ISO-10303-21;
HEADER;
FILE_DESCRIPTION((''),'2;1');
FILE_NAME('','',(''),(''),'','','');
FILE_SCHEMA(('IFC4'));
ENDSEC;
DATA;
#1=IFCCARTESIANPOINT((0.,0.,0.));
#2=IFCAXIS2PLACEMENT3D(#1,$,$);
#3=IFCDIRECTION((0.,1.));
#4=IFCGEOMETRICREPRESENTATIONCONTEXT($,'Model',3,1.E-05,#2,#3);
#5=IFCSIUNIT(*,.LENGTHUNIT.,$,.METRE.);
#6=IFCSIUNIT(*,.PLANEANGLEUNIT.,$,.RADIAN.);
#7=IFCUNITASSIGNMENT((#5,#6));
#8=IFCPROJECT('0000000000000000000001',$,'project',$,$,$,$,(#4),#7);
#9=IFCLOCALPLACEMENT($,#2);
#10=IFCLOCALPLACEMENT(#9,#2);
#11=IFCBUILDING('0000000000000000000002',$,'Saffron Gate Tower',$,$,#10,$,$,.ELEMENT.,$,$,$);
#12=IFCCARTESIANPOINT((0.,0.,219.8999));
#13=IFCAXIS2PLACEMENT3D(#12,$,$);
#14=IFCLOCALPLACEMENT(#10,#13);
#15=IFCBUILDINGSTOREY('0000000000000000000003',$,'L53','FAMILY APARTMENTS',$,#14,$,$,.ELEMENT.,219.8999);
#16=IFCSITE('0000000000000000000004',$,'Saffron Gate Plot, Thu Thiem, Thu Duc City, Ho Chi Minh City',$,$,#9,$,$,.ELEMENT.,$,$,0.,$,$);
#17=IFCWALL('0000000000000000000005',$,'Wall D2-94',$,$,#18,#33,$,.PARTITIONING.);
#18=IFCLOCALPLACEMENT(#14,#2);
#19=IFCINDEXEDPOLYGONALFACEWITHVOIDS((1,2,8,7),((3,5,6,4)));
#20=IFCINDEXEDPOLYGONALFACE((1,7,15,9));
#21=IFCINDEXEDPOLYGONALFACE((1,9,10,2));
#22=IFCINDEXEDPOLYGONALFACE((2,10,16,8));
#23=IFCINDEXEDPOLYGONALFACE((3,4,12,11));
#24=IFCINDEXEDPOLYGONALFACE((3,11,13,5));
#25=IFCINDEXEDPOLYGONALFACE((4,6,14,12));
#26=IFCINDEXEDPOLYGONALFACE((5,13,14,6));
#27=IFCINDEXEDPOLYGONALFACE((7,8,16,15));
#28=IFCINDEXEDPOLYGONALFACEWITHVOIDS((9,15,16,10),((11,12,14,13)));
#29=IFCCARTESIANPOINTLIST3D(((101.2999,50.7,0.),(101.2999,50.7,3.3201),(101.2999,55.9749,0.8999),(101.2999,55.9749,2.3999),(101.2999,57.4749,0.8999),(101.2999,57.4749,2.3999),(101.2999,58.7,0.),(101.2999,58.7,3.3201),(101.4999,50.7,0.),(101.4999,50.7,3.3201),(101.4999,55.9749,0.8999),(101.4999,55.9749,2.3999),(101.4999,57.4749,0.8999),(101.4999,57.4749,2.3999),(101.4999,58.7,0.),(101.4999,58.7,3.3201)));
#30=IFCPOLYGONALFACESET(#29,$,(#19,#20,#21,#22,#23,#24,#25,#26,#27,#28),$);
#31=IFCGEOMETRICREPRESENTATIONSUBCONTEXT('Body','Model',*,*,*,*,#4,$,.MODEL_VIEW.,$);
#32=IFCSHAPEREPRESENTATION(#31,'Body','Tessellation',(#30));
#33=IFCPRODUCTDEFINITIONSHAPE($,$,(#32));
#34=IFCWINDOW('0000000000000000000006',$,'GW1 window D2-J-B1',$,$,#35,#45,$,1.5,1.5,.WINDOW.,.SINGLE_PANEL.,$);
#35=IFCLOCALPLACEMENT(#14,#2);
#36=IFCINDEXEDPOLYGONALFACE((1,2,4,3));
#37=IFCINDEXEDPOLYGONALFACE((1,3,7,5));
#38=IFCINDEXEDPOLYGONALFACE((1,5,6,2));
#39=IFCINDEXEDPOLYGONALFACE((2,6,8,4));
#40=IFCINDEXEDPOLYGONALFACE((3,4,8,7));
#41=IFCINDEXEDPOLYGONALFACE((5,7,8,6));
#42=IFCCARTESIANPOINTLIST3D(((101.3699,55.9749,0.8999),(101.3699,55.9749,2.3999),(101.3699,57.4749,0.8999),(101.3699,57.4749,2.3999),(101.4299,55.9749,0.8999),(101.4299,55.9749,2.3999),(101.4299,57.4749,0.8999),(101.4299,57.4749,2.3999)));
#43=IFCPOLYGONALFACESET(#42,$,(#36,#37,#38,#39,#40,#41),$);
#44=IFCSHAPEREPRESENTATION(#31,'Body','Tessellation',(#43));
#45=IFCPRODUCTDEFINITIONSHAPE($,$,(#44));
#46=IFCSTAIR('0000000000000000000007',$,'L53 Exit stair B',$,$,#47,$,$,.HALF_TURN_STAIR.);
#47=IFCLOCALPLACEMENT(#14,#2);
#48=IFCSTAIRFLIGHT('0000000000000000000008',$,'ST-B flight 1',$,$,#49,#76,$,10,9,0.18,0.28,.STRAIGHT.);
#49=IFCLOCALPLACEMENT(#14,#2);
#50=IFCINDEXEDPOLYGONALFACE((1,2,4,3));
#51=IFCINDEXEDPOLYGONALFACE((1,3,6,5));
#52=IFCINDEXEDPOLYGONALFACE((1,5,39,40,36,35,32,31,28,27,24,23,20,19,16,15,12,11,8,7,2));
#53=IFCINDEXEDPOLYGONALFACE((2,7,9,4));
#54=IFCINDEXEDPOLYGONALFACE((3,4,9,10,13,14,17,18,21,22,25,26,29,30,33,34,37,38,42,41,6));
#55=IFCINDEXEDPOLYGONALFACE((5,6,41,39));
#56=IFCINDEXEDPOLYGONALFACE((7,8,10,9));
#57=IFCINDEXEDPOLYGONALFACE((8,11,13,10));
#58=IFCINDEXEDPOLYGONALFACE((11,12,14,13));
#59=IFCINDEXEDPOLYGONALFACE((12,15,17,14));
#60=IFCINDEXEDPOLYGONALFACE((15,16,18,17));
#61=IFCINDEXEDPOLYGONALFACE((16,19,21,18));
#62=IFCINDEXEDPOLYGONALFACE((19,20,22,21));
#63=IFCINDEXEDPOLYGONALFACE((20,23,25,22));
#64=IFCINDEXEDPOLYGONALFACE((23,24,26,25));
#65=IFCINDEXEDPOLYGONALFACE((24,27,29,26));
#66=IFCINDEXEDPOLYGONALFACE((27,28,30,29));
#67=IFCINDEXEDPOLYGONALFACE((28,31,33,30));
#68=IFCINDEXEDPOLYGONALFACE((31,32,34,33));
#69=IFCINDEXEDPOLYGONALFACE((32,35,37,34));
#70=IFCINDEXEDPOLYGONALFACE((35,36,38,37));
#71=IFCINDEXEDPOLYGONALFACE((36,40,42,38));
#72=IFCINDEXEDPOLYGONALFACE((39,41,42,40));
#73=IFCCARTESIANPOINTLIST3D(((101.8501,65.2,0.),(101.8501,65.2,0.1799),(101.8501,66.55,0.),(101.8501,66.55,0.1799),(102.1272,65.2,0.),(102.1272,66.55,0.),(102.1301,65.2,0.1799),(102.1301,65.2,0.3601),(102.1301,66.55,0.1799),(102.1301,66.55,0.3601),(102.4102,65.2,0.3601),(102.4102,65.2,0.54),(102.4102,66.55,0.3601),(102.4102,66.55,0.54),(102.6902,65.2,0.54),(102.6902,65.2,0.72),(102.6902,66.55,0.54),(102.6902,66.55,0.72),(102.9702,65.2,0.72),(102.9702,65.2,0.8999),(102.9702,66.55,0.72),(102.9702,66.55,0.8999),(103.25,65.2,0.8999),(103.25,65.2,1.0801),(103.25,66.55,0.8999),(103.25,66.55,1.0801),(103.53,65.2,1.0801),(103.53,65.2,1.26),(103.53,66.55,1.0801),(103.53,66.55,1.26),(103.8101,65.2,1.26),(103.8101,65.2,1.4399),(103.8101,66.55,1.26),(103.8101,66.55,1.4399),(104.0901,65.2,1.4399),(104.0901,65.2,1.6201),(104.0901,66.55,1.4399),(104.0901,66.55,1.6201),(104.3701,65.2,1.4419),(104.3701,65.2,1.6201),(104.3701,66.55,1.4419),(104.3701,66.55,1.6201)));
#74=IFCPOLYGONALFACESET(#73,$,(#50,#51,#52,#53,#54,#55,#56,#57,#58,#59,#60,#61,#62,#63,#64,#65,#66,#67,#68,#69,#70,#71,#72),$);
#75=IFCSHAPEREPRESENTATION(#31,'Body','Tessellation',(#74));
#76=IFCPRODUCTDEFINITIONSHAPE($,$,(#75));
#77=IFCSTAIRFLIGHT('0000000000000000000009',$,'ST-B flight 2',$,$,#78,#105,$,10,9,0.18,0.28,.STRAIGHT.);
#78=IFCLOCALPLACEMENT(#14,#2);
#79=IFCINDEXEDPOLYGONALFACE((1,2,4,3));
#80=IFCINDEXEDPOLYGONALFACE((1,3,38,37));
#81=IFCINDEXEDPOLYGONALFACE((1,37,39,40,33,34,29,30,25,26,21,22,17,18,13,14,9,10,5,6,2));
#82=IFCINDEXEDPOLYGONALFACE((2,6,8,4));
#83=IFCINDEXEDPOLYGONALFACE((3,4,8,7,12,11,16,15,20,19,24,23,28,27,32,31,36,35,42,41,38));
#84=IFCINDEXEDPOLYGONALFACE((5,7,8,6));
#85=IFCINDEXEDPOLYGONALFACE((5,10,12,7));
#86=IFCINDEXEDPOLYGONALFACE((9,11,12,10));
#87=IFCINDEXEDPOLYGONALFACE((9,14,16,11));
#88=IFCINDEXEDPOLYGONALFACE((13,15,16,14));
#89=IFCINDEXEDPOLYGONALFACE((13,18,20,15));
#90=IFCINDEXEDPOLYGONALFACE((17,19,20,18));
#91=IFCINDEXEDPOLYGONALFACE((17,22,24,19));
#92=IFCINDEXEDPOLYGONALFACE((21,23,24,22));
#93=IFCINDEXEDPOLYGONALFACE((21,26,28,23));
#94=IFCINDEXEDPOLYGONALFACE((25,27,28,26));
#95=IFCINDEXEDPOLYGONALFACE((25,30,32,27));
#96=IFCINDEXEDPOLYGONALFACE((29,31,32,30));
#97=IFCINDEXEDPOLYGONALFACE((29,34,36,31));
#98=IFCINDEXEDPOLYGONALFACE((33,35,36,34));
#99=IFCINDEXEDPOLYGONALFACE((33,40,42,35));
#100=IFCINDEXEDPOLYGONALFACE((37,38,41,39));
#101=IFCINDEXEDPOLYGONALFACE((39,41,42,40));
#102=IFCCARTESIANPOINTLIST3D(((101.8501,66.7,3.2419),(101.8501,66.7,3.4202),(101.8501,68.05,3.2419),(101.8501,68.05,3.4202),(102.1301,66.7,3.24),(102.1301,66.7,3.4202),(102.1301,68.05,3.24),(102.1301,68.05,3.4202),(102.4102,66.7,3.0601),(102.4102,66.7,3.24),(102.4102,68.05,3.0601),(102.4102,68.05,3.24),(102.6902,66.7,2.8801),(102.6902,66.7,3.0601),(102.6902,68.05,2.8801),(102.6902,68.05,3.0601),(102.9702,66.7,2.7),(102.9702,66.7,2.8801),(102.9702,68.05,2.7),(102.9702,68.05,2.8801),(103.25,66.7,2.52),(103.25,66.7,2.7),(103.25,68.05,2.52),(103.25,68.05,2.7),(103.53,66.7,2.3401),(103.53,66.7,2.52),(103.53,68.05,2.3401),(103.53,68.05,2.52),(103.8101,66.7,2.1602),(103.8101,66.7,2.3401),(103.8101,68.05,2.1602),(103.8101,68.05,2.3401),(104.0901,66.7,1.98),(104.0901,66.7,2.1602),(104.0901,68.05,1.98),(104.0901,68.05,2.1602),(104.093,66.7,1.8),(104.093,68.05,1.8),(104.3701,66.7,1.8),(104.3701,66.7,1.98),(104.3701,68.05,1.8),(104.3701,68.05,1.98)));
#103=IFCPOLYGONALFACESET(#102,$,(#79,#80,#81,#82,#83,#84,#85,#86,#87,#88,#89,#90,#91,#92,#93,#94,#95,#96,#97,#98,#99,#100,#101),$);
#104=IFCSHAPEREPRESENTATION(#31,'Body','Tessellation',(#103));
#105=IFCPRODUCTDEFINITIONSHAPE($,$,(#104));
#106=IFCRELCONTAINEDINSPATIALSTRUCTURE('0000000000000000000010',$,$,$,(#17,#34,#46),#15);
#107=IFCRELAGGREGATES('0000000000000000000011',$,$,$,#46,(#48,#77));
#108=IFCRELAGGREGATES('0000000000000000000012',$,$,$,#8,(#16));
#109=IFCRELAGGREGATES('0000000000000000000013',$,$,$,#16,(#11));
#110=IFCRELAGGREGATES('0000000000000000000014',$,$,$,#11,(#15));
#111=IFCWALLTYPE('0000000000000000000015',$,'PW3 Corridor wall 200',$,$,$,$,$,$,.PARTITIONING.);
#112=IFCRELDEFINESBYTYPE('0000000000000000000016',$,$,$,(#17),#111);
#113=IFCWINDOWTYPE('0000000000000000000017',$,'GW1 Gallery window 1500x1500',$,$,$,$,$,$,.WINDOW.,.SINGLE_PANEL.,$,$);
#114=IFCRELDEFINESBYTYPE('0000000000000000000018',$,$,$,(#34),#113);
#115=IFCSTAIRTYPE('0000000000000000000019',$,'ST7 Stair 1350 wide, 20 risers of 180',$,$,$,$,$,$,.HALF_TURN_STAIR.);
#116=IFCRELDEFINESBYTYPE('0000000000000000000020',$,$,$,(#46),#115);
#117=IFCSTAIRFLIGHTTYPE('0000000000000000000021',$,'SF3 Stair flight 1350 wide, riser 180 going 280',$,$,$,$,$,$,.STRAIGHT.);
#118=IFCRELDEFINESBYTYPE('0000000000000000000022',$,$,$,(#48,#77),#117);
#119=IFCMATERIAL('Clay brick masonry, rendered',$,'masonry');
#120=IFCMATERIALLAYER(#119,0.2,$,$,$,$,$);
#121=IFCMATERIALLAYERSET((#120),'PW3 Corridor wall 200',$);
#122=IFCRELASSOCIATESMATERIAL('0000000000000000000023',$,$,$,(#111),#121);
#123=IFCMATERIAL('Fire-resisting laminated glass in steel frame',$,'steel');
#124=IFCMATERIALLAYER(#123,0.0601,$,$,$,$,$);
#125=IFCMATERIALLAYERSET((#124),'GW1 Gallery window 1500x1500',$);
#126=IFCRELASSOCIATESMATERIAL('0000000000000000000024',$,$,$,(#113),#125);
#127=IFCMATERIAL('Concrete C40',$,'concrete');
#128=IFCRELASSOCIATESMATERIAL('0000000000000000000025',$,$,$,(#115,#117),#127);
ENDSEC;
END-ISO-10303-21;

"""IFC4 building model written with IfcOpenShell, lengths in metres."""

from ifc_helpers import new_model, si_unit, direction, frame, frame_2d, origin, place, context, subcontext, project, spatial, polyline, rectangle, outline, extrude, material, layer, layer_set, type_object, element, fill, aggregate, save


model = new_model("IFC4")

# Units and contexts
model_context = context("Model", 3, precision=1e-05, world=origin(), true_north=direction((0.0, 1.0)))
body_context = subcontext(model_context, "Body", "Model", "MODEL_VIEW")
ifc_project = project(units=[si_unit("LENGTHUNIT", "METRE"), si_unit("PLANEANGLEUNIT", "RADIAN")], contexts=[model_context])

# Site, building, storey
site_placement = place(None, origin())
site = spatial("IfcSite", under=ifc_project, at=site_placement, Name="Saffron Gate Plot, Thu Thiem, Thu Duc City, Ho Chi Minh City", CompositionType="ELEMENT", RefElevation=0.0)
building_placement = place(site_placement, origin())
building = spatial("IfcBuilding", under=site, at=building_placement, Name="Saffron Gate Tower", CompositionType="ELEMENT")
storey_placement = place(building_placement, frame((0.0, 0.0, 219.8999)))
storey = spatial("IfcBuildingStorey", under=building, at=storey_placement, Name="L53", Description="FAMILY APARTMENTS", CompositionType="ELEMENT", Elevation=219.8999)

# Shared definitions
ifc_material_1 = material(Name="Clay brick masonry, rendered", Category="masonry")
ifc_layer_1 = layer(ifc_material_1, 0.2)
ifc_layer_set_1 = layer_set([ifc_layer_1], Name="PW3 Corridor wall 200")
wall_type_1 = type_object("IfcWallType", Name="PW3 Corridor wall 200", PredefinedType="PARTITIONING", material=ifc_layer_set_1)

# Wall, opening, window
wall_1_placement = place(storey_placement, frame((101.3999, 58.7, 0.0), z_axis=(0.0, 0.0, 1.0), x_axis=(0.0, -1.0, 0.0)))
wall_1 = element("IfcWall", 1, at=wall_1_placement, inside=storey, type_object=wall_type_1, Name="Wall D2-94", PredefinedType="PARTITIONING", context=body_context, shape_type="SweptSolid", body=[
    extrude(rectangle(XDim=8.0, YDim=0.2, at=frame_2d((4.0, 0.0))), origin(), (0.0, 0.0, 1.0), 3.3201),
])
opening_1_placement = place(wall_1_placement, frame((1.2251, 0.0, 0.8999)))
opening_1 = element("IfcOpeningElement", 2, at=opening_1_placement, cuts=wall_1, PredefinedType="OPENING", context=body_context, shape_type="SweptSolid", body=[
    extrude(rectangle(XDim=1.5, YDim=1.5, at=frame_2d((0.75, 0.75))), frame((0.0, 0.1099, 0.0), z_axis=(0.0, -1.0, 0.0), x_axis=(1.0, 0.0, 0.0)), (0.0, 0.0, 1.0), 0.22),
])
ifc_material_2 = material(Name="Fire-resisting laminated glass in steel frame", Category="steel")
ifc_layer_2 = layer(ifc_material_2, 0.0601)
ifc_layer_set_2 = layer_set([ifc_layer_2], Name="GW1 Gallery window 1500x1500")
window_type = type_object("IfcWindowType", Name="GW1 Gallery window 1500x1500", PartitioningType="SINGLE_PANEL", PredefinedType="WINDOW", material=ifc_layer_set_2)
window_placement = place(opening_1_placement, origin())
window = element("IfcWindow", 3, at=window_placement, inside=storey, type_object=window_type, Name="GW1 window D2-J-B1", OverallHeight=1.5, OverallWidth=1.5, PartitioningType="SINGLE_PANEL", PredefinedType="WINDOW", context=body_context, shape_type="SweptSolid", body=[
    extrude(rectangle(XDim=1.5, YDim=1.5, at=frame_2d((0.75, 0.75))), frame((0.0, 0.03, 0.0), z_axis=(0.0, -1.0, 0.0), x_axis=(1.0, 0.0, 0.0)), (0.0, 0.0, 1.0), 0.0601),
])
fill(opening_1, window)

# Stair, stair flights
ifc_material_3 = material(Name="Concrete C40", Category="concrete")
stair_type = type_object("IfcStairType", Name="ST7 Stair 1350 wide, 20 risers of 180", PredefinedType="HALF_TURN_STAIR", material=ifc_material_3)
stair_placement = place(storey_placement, origin())
stair = element("IfcStair", 4, at=stair_placement, inside=storey, type_object=stair_type, Name="L53 Exit stair B", PredefinedType="HALF_TURN_STAIR")
stair_flight_type = type_object("IfcStairFlightType", Name="SF3 Stair flight 1350 wide, riser 180 going 280", PredefinedType="STRAIGHT", material=ifc_material_3)
stair_flight_1_placement = place(storey_placement, frame((101.8501, 65.875, 0.0), z_axis=(0.0, 0.0, 1.0), x_axis=(1.0, 0.0, 0.0)))
stair_flight_1 = element("IfcStairFlight", 5, at=stair_flight_1_placement, type_object=stair_flight_type, Name="ST-B flight 1", NumberOfRisers=10, NumberOfTreads=9, PredefinedType="STRAIGHT", RiserHeight=0.18, TreadLength=0.28, context=body_context, shape_type="SweptSolid", body=[
    extrude(outline(polyline([(0.0, 0.0), (0.0, 0.1799), (0.28, 0.1799), (0.28, 0.3601), (0.5601, 0.3601), (0.5601, 0.54), (0.8401, 0.54), (0.8401, 0.72), (1.1201, 0.72), (1.1201, 0.8999), (1.3999, 0.8999), (1.3999, 1.0801), (1.6799, 1.0801), (1.6799, 1.26), (1.96, 1.26), (1.96, 1.4399), (2.24, 1.4399), (2.24, 1.6201), (2.52, 1.6201), (2.52, 1.8), (2.52, 1.4419), (0.2771, 0.0), (0.0, 0.0)])), frame((0.0, 0.675, 0.0), z_axis=(0.0, -1.0, 0.0), x_axis=(1.0, 0.0, 0.0)), (0.0, 0.0, 1.0), 1.3501),
])
stair_flight_2_placement = place(storey_placement, frame((104.3701, 67.375, 1.8), z_axis=(0.0, 0.0, 1.0), x_axis=(-1.0, 0.0, 0.0)))
stair_flight_2 = element("IfcStairFlight", 6, at=stair_flight_2_placement, type_object=stair_flight_type, Name="ST-B flight 2", NumberOfRisers=10, NumberOfTreads=9, PredefinedType="STRAIGHT", RiserHeight=0.18, TreadLength=0.28, context=body_context, shape_type="SweptSolid", body=[
    extrude(outline(polyline([(0.0, 0.0), (0.0, 0.1799), (0.28, 0.1799), (0.28, 0.3601), (0.5601, 0.3601), (0.5601, 0.54), (0.8401, 0.54), (0.8401, 0.72), (1.1201, 0.72), (1.1201, 0.8999), (1.3999, 0.8999), (1.3999, 1.0801), (1.6799, 1.0801), (1.6799, 1.26), (1.96, 1.26), (1.96, 1.4399), (2.24, 1.4399), (2.24, 1.6201), (2.52, 1.6201), (2.52, 1.8), (2.52, 1.4419), (0.2771, 0.0), (0.0, 0.0)])), frame((0.0, 0.675, 0.0), z_axis=(0.0, -1.0, 0.0), x_axis=(1.0, 0.0, 0.0)), (0.0, 0.0, 1.0), 1.3501),
])
aggregate(stair, [stair_flight_1, stair_flight_2])

save(model, "model.ifc")
